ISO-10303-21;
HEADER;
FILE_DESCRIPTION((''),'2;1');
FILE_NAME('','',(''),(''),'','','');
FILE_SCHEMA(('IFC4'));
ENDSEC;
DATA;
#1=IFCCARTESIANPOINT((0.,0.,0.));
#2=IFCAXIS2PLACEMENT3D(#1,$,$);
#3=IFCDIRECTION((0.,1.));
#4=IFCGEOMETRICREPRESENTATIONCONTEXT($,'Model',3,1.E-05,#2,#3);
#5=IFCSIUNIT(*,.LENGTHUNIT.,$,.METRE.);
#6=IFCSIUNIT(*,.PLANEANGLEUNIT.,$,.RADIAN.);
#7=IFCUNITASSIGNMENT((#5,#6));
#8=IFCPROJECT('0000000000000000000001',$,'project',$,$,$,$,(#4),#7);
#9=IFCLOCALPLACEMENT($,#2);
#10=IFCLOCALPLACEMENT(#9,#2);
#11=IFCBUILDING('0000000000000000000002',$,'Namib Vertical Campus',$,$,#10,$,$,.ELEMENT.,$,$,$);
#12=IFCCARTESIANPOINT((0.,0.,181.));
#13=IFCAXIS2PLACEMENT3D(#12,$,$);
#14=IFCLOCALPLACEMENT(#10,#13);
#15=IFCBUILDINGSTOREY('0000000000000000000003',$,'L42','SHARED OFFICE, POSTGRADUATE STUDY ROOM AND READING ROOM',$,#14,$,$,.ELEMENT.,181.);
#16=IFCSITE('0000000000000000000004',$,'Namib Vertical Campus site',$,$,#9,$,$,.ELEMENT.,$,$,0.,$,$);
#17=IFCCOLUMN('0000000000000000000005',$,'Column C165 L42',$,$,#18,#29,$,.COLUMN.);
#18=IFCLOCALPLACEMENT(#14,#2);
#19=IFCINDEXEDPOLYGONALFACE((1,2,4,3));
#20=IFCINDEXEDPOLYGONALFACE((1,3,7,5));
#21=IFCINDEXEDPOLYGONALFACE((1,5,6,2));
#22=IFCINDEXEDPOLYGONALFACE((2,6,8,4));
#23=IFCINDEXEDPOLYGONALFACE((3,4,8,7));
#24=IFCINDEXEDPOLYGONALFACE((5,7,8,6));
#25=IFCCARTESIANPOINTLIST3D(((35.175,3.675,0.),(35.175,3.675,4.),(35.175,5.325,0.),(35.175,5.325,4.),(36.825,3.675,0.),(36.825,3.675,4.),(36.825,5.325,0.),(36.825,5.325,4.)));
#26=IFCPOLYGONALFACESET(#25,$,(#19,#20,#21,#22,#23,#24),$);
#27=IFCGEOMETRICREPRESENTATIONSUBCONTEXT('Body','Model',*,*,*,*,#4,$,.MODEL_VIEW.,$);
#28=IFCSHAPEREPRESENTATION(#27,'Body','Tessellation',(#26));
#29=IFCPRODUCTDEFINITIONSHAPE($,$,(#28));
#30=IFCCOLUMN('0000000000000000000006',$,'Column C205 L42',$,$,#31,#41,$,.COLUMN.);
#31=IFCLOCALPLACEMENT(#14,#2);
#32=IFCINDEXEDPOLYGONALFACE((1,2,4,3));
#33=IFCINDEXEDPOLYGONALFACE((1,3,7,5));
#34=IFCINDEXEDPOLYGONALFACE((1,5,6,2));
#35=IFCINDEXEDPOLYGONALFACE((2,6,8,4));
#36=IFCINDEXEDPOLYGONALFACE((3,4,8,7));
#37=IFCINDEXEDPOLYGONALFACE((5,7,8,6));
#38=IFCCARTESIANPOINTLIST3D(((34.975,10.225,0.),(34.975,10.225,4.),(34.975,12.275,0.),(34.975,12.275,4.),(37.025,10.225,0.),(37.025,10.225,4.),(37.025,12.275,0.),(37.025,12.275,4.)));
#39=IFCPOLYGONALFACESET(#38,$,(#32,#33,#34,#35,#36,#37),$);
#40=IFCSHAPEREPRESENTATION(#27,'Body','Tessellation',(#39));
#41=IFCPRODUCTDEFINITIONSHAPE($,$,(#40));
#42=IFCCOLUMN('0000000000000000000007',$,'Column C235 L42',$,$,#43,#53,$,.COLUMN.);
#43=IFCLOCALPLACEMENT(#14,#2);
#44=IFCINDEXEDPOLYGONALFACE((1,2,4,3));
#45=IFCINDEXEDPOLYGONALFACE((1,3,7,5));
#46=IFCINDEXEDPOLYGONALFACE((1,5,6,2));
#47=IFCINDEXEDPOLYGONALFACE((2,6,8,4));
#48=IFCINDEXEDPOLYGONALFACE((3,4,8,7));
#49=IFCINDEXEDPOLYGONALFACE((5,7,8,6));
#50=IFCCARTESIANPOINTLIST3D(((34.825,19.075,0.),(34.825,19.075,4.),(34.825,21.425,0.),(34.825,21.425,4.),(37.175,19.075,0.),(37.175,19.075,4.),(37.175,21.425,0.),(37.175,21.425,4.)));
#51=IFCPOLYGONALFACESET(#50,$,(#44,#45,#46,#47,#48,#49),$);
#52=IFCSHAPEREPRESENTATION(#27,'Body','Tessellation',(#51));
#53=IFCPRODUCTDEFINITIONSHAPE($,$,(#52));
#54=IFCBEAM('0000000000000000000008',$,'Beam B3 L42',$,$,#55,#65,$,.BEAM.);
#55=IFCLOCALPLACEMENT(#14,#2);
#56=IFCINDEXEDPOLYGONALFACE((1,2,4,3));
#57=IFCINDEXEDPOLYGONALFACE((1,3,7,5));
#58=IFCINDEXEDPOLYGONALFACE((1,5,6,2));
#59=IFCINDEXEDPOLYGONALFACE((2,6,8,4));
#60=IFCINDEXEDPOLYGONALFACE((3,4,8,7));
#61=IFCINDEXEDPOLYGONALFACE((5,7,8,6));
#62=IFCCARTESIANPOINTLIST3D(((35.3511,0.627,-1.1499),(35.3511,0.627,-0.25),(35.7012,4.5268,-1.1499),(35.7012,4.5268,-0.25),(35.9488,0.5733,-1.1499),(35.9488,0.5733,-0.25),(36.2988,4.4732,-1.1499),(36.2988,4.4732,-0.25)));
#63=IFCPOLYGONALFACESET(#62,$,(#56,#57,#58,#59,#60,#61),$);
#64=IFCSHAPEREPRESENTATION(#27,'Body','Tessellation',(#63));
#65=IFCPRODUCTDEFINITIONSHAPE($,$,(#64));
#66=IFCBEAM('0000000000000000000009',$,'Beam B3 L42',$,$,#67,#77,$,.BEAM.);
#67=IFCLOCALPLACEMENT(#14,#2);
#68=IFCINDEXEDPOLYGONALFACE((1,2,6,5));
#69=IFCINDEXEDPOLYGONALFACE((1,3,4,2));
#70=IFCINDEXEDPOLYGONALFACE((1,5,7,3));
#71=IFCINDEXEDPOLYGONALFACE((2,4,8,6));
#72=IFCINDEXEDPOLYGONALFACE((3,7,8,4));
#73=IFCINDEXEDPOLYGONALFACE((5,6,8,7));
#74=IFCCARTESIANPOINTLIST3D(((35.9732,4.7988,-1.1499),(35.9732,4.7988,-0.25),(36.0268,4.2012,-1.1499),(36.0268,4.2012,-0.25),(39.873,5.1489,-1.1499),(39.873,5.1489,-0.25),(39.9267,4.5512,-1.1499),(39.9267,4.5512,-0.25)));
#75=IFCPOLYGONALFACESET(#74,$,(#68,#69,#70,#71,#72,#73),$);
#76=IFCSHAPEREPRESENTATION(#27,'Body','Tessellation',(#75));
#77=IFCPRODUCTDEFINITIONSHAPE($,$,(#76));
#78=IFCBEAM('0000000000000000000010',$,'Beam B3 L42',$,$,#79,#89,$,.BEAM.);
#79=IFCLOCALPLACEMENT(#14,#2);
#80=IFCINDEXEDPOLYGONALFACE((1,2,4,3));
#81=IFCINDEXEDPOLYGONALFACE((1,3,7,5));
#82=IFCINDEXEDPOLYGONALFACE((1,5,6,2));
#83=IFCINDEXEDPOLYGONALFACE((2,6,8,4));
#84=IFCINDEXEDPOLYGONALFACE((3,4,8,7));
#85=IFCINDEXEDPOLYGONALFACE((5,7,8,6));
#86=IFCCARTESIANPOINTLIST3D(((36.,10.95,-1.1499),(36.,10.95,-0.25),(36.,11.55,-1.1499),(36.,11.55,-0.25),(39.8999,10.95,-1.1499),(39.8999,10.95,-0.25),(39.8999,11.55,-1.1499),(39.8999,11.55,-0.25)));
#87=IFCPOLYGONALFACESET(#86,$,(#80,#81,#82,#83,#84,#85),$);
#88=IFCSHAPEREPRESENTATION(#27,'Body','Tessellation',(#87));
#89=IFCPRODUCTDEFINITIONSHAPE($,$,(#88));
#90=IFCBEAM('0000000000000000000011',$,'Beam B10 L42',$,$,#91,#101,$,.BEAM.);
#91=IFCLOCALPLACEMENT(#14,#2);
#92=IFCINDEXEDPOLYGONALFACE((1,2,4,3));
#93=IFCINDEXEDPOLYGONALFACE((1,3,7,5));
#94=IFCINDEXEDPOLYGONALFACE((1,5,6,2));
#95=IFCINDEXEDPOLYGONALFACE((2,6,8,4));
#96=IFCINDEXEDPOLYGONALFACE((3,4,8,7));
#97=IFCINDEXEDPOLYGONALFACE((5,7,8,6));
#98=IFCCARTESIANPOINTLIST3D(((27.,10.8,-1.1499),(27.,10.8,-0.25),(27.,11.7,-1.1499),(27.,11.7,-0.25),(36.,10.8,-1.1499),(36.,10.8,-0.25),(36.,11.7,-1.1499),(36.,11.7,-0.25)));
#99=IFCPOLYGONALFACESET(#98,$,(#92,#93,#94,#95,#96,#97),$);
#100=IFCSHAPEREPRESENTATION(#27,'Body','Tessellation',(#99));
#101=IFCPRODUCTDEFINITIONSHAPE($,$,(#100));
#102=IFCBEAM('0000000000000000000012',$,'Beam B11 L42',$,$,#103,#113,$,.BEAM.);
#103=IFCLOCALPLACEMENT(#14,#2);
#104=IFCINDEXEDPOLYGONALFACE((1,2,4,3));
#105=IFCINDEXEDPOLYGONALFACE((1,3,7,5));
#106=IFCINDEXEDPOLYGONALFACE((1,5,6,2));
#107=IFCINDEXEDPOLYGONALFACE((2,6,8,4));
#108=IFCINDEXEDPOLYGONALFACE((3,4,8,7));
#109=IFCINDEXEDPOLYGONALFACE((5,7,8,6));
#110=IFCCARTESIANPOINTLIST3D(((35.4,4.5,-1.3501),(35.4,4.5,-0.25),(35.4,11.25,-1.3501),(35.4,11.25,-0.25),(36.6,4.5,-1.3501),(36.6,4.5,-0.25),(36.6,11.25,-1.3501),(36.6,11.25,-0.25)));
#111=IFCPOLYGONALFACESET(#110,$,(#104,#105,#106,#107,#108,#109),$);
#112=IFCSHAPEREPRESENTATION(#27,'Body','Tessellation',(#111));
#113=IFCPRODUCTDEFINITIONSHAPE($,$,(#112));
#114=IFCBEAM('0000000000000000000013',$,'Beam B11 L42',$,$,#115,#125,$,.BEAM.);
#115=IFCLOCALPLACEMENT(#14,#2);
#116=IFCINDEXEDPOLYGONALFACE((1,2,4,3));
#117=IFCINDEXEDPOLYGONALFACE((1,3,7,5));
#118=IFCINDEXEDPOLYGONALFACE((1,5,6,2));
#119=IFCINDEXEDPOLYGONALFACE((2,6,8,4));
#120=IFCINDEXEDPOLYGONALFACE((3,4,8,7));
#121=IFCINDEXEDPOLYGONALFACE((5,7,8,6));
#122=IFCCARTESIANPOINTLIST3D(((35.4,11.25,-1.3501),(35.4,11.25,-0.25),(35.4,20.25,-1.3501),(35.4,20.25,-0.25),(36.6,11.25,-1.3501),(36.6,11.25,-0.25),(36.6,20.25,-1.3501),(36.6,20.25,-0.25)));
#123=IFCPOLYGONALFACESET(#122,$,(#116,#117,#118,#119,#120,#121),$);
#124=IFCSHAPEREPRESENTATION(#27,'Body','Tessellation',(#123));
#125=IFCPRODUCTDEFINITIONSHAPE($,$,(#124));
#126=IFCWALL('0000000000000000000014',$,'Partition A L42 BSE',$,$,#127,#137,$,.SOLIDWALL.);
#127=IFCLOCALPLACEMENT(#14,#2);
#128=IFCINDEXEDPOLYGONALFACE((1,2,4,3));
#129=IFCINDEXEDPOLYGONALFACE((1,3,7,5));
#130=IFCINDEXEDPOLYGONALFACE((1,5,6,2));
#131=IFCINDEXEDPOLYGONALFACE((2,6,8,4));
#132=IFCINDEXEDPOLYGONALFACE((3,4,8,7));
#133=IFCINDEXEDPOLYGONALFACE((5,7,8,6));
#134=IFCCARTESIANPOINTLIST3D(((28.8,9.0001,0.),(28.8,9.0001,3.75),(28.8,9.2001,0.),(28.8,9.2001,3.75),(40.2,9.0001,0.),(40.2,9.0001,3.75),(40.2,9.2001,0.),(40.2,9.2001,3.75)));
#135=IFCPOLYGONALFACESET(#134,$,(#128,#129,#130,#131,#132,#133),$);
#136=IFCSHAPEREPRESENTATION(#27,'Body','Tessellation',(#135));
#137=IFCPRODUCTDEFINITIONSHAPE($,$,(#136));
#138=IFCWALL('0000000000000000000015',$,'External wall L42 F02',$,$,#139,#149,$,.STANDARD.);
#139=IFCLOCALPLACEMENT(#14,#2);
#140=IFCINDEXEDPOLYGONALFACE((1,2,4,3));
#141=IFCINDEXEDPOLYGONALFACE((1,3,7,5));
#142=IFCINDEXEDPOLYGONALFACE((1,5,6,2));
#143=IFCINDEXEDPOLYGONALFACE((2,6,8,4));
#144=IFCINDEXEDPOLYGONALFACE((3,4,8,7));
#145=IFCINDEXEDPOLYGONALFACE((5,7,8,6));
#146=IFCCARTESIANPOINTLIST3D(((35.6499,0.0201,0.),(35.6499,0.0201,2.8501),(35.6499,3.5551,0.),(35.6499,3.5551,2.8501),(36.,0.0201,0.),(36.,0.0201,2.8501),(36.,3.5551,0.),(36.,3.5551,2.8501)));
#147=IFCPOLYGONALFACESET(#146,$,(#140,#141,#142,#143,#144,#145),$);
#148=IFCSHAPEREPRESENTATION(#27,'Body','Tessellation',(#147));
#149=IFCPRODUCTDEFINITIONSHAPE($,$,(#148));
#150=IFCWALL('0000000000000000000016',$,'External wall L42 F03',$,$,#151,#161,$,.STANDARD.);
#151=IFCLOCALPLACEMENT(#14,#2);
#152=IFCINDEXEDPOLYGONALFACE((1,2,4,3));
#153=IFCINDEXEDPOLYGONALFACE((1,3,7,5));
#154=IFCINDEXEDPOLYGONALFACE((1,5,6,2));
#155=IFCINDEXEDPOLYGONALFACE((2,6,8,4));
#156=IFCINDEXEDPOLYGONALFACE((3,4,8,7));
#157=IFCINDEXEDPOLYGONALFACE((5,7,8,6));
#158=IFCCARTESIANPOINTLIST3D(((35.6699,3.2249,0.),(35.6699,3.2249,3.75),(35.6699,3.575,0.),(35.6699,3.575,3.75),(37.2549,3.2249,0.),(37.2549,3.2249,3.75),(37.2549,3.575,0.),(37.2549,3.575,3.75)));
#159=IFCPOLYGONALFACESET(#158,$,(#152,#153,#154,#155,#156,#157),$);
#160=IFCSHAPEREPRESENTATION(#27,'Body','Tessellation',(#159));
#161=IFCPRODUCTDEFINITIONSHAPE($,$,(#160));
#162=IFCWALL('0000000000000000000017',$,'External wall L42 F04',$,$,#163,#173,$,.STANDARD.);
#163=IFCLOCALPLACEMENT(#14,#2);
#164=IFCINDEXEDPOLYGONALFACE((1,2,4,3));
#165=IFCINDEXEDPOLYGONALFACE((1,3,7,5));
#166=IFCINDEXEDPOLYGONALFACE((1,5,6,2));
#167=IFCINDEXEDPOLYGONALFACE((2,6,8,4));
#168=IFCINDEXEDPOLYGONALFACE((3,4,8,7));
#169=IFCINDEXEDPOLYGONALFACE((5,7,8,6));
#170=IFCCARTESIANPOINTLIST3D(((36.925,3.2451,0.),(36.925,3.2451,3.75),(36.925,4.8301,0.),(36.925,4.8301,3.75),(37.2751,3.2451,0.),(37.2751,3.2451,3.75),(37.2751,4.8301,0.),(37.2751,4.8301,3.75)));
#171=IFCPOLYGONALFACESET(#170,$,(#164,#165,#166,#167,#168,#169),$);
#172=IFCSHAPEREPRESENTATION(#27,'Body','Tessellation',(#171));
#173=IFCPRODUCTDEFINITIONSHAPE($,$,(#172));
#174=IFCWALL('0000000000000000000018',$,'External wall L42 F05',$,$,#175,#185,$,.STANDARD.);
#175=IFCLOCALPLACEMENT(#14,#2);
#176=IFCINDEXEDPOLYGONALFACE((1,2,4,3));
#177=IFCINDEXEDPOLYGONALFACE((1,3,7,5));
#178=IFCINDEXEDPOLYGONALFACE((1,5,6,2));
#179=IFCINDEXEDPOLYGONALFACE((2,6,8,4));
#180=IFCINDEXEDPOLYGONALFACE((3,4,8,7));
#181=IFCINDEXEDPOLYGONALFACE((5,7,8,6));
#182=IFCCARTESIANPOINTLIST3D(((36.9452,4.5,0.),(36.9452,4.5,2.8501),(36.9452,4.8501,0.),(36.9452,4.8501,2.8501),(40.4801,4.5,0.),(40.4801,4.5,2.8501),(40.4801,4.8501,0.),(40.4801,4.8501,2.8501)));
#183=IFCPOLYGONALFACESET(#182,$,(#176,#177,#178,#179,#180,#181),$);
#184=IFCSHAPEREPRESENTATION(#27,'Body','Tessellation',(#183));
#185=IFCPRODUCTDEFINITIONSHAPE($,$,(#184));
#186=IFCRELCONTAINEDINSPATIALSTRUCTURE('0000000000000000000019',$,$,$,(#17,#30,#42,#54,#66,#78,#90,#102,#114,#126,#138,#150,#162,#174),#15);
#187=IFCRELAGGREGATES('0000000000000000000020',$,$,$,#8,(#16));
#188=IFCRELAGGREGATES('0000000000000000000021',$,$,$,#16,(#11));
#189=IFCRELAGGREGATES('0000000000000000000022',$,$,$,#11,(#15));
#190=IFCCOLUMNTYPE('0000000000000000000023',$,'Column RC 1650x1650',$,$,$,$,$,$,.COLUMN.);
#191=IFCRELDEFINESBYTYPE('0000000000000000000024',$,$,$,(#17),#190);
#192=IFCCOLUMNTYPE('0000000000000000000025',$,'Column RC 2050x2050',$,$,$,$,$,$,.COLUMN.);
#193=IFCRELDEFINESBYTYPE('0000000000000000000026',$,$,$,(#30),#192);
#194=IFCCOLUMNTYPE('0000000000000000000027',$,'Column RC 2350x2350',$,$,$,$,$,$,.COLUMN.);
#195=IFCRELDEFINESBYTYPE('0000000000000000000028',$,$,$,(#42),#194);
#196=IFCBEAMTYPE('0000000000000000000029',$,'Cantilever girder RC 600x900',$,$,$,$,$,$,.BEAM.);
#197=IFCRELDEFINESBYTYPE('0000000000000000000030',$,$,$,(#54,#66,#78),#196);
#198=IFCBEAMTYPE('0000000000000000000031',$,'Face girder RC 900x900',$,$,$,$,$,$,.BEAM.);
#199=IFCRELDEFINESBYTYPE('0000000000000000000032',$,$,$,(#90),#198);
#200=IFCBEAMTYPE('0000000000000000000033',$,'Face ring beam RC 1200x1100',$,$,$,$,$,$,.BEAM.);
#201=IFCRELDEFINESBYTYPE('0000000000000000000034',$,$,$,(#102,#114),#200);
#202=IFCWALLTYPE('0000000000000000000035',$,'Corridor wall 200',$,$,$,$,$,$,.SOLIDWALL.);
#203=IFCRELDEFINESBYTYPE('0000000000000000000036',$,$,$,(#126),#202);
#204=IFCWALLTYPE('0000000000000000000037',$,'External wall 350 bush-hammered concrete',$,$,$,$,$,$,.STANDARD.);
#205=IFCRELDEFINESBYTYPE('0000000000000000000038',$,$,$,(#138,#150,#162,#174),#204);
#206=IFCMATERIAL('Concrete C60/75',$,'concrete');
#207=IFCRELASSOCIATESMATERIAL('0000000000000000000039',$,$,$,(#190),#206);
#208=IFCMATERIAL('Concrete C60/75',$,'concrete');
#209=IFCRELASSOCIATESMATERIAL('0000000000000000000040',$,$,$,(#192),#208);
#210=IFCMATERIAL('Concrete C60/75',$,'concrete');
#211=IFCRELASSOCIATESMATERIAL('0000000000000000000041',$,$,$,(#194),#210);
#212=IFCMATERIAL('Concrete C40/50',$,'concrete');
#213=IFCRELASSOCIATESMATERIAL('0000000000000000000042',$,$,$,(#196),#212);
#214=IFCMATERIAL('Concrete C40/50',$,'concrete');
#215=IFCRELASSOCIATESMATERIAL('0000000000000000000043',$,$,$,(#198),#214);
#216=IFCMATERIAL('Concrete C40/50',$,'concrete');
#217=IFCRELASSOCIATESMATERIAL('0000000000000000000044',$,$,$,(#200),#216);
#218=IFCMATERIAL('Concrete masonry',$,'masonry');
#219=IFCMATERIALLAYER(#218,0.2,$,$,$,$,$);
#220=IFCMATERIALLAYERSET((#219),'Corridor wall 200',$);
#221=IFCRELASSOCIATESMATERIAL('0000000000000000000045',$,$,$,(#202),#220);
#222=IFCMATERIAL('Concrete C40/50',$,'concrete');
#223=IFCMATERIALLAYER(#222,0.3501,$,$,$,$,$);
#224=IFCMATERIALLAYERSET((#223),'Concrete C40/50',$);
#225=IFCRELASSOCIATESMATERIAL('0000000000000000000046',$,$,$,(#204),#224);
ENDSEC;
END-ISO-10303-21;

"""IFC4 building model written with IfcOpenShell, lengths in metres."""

from ifc_helpers import new_model, si_unit, direction, frame, frame_2d, origin, origin_2d, place, context, subcontext, project, spatial, rectangle, extrude, material, layer, layer_set, material_profile, profile_set, type_object, element, save


model = new_model("IFC4")

# Units and contexts
model_context = context("Model", 3, precision=1e-05, world=origin(), true_north=direction((0.0, 1.0)))
body_context = subcontext(model_context, "Body", "Model", "MODEL_VIEW")
ifc_project = project(units=[si_unit("LENGTHUNIT", "METRE"), si_unit("PLANEANGLEUNIT", "RADIAN")], contexts=[model_context])

# Site, building, storey
site_placement = place(None, origin())
site = spatial("IfcSite", under=ifc_project, at=site_placement, Name="Namib Vertical Campus site", CompositionType="ELEMENT", RefElevation=0.0)
building_placement = place(site_placement, origin())
building = spatial("IfcBuilding", under=site, at=building_placement, Name="Namib Vertical Campus", CompositionType="ELEMENT")
storey_placement = place(building_placement, frame((0.0, 0.0, 181.0)))
storey = spatial("IfcBuildingStorey", under=building, at=storey_placement, Name="L42", Description="SHARED OFFICE, POSTGRADUATE STUDY ROOM AND READING ROOM", CompositionType="ELEMENT", Elevation=181.0)

# Columns
ifc_material_1 = material(Name="Concrete C60/75", Category="concrete")
ifc_material_profile_1 = material_profile(ifc_material_1, rectangle(XDim=1.6499, YDim=1.6499, at=origin_2d()))
ifc_profile_set_1 = profile_set([ifc_material_profile_1], Name="Concrete C60/75")
column_type_1 = type_object("IfcColumnType", Name="Column RC 1650x1650", PredefinedType="COLUMN", material=ifc_profile_set_1)
column_1_placement = place(storey_placement, frame((36.0, 4.5, 0.0), z_axis=(0.0, 0.0, 1.0), x_axis=(1.0, 0.0, 0.0)))
element("IfcColumn", 1, at=column_1_placement, inside=storey, type_object=column_type_1, Name="Column C165 L42", PredefinedType="COLUMN", context=body_context, shape_type="SweptSolid", body=[
    extrude(rectangle(XDim=1.6499, YDim=1.6499, at=origin_2d()), origin(), (0.0, 0.0, 1.0), 4.0),
])
ifc_material_2 = material(Name="Concrete C60/75", Category="concrete")
ifc_material_profile_2 = material_profile(ifc_material_2, rectangle(XDim=2.05, YDim=2.05, at=origin_2d()))
ifc_profile_set_2 = profile_set([ifc_material_profile_2], Name="Concrete C60/75")
column_type_2 = type_object("IfcColumnType", Name="Column RC 2050x2050", PredefinedType="COLUMN", material=ifc_profile_set_2)
column_2_placement = place(storey_placement, frame((36.0, 11.25, 0.0), z_axis=(0.0, 0.0, 1.0), x_axis=(1.0, 0.0, 0.0)))
element("IfcColumn", 2, at=column_2_placement, inside=storey, type_object=column_type_2, Name="Column C205 L42", PredefinedType="COLUMN", context=body_context, shape_type="SweptSolid", body=[
    extrude(rectangle(XDim=2.05, YDim=2.05, at=origin_2d()), origin(), (0.0, 0.0, 1.0), 4.0),
])
ifc_material_3 = material(Name="Concrete C60/75", Category="concrete")
ifc_material_profile_3 = material_profile(ifc_material_3, rectangle(XDim=2.3501, YDim=2.3501, at=origin_2d()))
ifc_profile_set_3 = profile_set([ifc_material_profile_3], Name="Concrete C60/75")
column_type_3 = type_object("IfcColumnType", Name="Column RC 2350x2350", PredefinedType="COLUMN", material=ifc_profile_set_3)
column_3_placement = place(storey_placement, frame((36.0, 20.25, 0.0), z_axis=(0.0, 0.0, 1.0), x_axis=(1.0, 0.0, 0.0)))
element("IfcColumn", 3, at=column_3_placement, inside=storey, type_object=column_type_3, Name="Column C235 L42", PredefinedType="COLUMN", context=body_context, shape_type="SweptSolid", body=[
    extrude(rectangle(XDim=2.3501, YDim=2.3501, at=origin_2d()), origin(), (0.0, 0.0, 1.0), 4.0),
])

# Beams
ifc_material_4 = material(Name="Concrete C40/50", Category="concrete")
ifc_material_profile_4 = material_profile(ifc_material_4, rectangle(XDim=0.6001, YDim=0.8999, at=origin_2d()))
ifc_profile_set_4 = profile_set([ifc_material_profile_4], Name="Concrete C40/50")
beam_type_1 = type_object("IfcBeamType", Name="Cantilever girder RC 600x900", PredefinedType="BEAM", material=ifc_profile_set_4)
for number, where, z_axis, x_axis, name in (
    (4, (36.0, 4.5, -0.7), (-0.089411, -0.995995, 0.0), (0.995995, -0.089411, 0.0), "Beam B3 L42"),
    (5, (36.0, 4.5, -0.7), (0.995995, 0.089411, 0.0), (-0.089411, 0.995995, 0.0), "Beam B3 L42"),
):
    element("IfcBeam", number, at=place(storey_placement, frame(where, z_axis=z_axis, x_axis=x_axis)), inside=storey, type_object=beam_type_1, Name=name, PredefinedType="BEAM", context=body_context, shape_type="SweptSolid", body=[
        extrude(rectangle(XDim=0.6001, YDim=0.8999, at=origin_2d()), origin(), (0.0, 0.0, 1.0), 3.9155),
    ])
beam_1_placement = place(storey_placement, frame((36.0, 11.25, -0.7), z_axis=(1.0, 0.0, 0.0), x_axis=(0.0, 1.0, 0.0)))
element("IfcBeam", 6, at=beam_1_placement, inside=storey, type_object=beam_type_1, Name="Beam B3 L42", PredefinedType="BEAM", context=body_context, shape_type="SweptSolid", body=[
    extrude(rectangle(XDim=0.6001, YDim=0.8999, at=origin_2d()), origin(), (0.0, 0.0, 1.0), 3.8999),
])
ifc_material_5 = material(Name="Concrete C40/50", Category="concrete")
ifc_material_profile_5 = material_profile(ifc_material_5, rectangle(XDim=0.8999, YDim=0.8999, at=origin_2d()))
ifc_profile_set_5 = profile_set([ifc_material_profile_5], Name="Concrete C40/50")
beam_type_2 = type_object("IfcBeamType", Name="Face girder RC 900x900", PredefinedType="BEAM", material=ifc_profile_set_5)
beam_2_placement = place(storey_placement, frame((36.0, 11.25, -0.7), z_axis=(-1.0, 0.0, 0.0), x_axis=(0.0, -1.0, 0.0)))
element("IfcBeam", 7, at=beam_2_placement, inside=storey, type_object=beam_type_2, Name="Beam B10 L42", PredefinedType="BEAM", context=body_context, shape_type="SweptSolid", body=[
    extrude(rectangle(XDim=0.8999, YDim=0.8999, at=origin_2d()), origin(), (0.0, 0.0, 1.0), 9.0),
])
ifc_material_6 = material(Name="Concrete C40/50", Category="concrete")
ifc_material_profile_6 = material_profile(ifc_material_6, rectangle(XDim=1.2, YDim=1.1001, at=origin_2d()))
ifc_profile_set_6 = profile_set([ifc_material_profile_6], Name="Concrete C40/50")
beam_type_3 = type_object("IfcBeamType", Name="Face ring beam RC 1200x1100", PredefinedType="BEAM", material=ifc_profile_set_6)
beam_3_placement = place(storey_placement, frame((36.0, 4.5, -0.8), z_axis=(0.0, 1.0, 0.0), x_axis=(-1.0, 0.0, 0.0)))
element("IfcBeam", 8, at=beam_3_placement, inside=storey, type_object=beam_type_3, Name="Beam B11 L42", PredefinedType="BEAM", context=body_context, shape_type="SweptSolid", body=[
    extrude(rectangle(XDim=1.2, YDim=1.1001, at=origin_2d()), origin(), (0.0, 0.0, 1.0), 6.75),
])
beam_4_placement = place(storey_placement, frame((36.0, 11.25, -0.8), z_axis=(0.0, 1.0, 0.0), x_axis=(-1.0, 0.0, 0.0)))
element("IfcBeam", 9, at=beam_4_placement, inside=storey, type_object=beam_type_3, Name="Beam B11 L42", PredefinedType="BEAM", context=body_context, shape_type="SweptSolid", body=[
    extrude(rectangle(XDim=1.2, YDim=1.1001, at=origin_2d()), origin(), (0.0, 0.0, 1.0), 9.0),
])

# Walls
ifc_material_7 = material(Name="Concrete masonry", Category="masonry")
ifc_layer_1 = layer(ifc_material_7, 0.2)
ifc_layer_set_1 = layer_set([ifc_layer_1], Name="Corridor wall 200")
wall_type_1 = type_object("IfcWallType", Name="Corridor wall 200", PredefinedType="SOLIDWALL", material=ifc_layer_set_1)
wall_1_placement = place(storey_placement, frame((28.8, 9.1001, 0.0), z_axis=(0.0, 0.0, 1.0), x_axis=(1.0, 0.0, 0.0)))
element("IfcWall", 10, at=wall_1_placement, inside=storey, type_object=wall_type_1, Name="Partition A L42 BSE", PredefinedType="SOLIDWALL", context=body_context, shape_type="SweptSolid", body=[
    extrude(rectangle(XDim=11.3999, YDim=0.2, at=frame_2d((5.7, 0.0))), origin(), (0.0, 0.0, 1.0), 3.75),
])
ifc_material_8 = material(Name="Concrete C40/50", Category="concrete")
ifc_layer_2 = layer(ifc_material_8, 0.3501)
ifc_layer_set_2 = layer_set([ifc_layer_2], Name="Concrete C40/50")
wall_type_2 = type_object("IfcWallType", Name="External wall 350 bush-hammered concrete", PredefinedType="STANDARD", material=ifc_layer_set_2)
wall_2_placement = place(storey_placement, frame((35.825, 0.02, 0.0), z_axis=(0.0, 0.0, 1.0), x_axis=(0.0, 1.0, 0.0)))
element("IfcWall", 11, at=wall_2_placement, inside=storey, type_object=wall_type_2, Name="External wall L42 F02", PredefinedType="STANDARD", context=body_context, shape_type="SweptSolid", body=[
    extrude(rectangle(XDim=3.5349, YDim=0.3501, at=frame_2d((1.7676, 0.0))), origin(), (0.0, 0.0, 1.0), 2.8501),
])
for number, where, z_axis, x_axis, name in (
    (12, (35.6699, 3.3999, 0.0), (0.0, 0.0, 1.0), (1.0, 0.0, 0.0), "External wall L42 F03"),
    (13, (37.1001, 3.2451, 0.0), (0.0, 0.0, 1.0), (0.0, 1.0, 0.0), "External wall L42 F04"),
):
    element("IfcWall", number, at=place(storey_placement, frame(where, z_axis=z_axis, x_axis=x_axis)), inside=storey, type_object=wall_type_2, Name=name, PredefinedType="STANDARD", context=body_context, shape_type="SweptSolid", body=[
        extrude(rectangle(XDim=1.585, YDim=0.3501, at=frame_2d((0.7925, 0.0))), origin(), (0.0, 0.0, 1.0), 3.75),
    ])
wall_3_placement = place(storey_placement, frame((36.9451, 4.675, 0.0), z_axis=(0.0, 0.0, 1.0), x_axis=(1.0, 0.0, 0.0)))
element("IfcWall", 14, at=wall_3_placement, inside=storey, type_object=wall_type_2, Name="External wall L42 F05", PredefinedType="STANDARD", context=body_context, shape_type="SweptSolid", body=[
    extrude(rectangle(XDim=3.5349, YDim=0.3501, at=frame_2d((1.7676, 0.0))), origin(), (0.0, 0.0, 1.0), 2.8501),
])

save(model, "model.ifc")
